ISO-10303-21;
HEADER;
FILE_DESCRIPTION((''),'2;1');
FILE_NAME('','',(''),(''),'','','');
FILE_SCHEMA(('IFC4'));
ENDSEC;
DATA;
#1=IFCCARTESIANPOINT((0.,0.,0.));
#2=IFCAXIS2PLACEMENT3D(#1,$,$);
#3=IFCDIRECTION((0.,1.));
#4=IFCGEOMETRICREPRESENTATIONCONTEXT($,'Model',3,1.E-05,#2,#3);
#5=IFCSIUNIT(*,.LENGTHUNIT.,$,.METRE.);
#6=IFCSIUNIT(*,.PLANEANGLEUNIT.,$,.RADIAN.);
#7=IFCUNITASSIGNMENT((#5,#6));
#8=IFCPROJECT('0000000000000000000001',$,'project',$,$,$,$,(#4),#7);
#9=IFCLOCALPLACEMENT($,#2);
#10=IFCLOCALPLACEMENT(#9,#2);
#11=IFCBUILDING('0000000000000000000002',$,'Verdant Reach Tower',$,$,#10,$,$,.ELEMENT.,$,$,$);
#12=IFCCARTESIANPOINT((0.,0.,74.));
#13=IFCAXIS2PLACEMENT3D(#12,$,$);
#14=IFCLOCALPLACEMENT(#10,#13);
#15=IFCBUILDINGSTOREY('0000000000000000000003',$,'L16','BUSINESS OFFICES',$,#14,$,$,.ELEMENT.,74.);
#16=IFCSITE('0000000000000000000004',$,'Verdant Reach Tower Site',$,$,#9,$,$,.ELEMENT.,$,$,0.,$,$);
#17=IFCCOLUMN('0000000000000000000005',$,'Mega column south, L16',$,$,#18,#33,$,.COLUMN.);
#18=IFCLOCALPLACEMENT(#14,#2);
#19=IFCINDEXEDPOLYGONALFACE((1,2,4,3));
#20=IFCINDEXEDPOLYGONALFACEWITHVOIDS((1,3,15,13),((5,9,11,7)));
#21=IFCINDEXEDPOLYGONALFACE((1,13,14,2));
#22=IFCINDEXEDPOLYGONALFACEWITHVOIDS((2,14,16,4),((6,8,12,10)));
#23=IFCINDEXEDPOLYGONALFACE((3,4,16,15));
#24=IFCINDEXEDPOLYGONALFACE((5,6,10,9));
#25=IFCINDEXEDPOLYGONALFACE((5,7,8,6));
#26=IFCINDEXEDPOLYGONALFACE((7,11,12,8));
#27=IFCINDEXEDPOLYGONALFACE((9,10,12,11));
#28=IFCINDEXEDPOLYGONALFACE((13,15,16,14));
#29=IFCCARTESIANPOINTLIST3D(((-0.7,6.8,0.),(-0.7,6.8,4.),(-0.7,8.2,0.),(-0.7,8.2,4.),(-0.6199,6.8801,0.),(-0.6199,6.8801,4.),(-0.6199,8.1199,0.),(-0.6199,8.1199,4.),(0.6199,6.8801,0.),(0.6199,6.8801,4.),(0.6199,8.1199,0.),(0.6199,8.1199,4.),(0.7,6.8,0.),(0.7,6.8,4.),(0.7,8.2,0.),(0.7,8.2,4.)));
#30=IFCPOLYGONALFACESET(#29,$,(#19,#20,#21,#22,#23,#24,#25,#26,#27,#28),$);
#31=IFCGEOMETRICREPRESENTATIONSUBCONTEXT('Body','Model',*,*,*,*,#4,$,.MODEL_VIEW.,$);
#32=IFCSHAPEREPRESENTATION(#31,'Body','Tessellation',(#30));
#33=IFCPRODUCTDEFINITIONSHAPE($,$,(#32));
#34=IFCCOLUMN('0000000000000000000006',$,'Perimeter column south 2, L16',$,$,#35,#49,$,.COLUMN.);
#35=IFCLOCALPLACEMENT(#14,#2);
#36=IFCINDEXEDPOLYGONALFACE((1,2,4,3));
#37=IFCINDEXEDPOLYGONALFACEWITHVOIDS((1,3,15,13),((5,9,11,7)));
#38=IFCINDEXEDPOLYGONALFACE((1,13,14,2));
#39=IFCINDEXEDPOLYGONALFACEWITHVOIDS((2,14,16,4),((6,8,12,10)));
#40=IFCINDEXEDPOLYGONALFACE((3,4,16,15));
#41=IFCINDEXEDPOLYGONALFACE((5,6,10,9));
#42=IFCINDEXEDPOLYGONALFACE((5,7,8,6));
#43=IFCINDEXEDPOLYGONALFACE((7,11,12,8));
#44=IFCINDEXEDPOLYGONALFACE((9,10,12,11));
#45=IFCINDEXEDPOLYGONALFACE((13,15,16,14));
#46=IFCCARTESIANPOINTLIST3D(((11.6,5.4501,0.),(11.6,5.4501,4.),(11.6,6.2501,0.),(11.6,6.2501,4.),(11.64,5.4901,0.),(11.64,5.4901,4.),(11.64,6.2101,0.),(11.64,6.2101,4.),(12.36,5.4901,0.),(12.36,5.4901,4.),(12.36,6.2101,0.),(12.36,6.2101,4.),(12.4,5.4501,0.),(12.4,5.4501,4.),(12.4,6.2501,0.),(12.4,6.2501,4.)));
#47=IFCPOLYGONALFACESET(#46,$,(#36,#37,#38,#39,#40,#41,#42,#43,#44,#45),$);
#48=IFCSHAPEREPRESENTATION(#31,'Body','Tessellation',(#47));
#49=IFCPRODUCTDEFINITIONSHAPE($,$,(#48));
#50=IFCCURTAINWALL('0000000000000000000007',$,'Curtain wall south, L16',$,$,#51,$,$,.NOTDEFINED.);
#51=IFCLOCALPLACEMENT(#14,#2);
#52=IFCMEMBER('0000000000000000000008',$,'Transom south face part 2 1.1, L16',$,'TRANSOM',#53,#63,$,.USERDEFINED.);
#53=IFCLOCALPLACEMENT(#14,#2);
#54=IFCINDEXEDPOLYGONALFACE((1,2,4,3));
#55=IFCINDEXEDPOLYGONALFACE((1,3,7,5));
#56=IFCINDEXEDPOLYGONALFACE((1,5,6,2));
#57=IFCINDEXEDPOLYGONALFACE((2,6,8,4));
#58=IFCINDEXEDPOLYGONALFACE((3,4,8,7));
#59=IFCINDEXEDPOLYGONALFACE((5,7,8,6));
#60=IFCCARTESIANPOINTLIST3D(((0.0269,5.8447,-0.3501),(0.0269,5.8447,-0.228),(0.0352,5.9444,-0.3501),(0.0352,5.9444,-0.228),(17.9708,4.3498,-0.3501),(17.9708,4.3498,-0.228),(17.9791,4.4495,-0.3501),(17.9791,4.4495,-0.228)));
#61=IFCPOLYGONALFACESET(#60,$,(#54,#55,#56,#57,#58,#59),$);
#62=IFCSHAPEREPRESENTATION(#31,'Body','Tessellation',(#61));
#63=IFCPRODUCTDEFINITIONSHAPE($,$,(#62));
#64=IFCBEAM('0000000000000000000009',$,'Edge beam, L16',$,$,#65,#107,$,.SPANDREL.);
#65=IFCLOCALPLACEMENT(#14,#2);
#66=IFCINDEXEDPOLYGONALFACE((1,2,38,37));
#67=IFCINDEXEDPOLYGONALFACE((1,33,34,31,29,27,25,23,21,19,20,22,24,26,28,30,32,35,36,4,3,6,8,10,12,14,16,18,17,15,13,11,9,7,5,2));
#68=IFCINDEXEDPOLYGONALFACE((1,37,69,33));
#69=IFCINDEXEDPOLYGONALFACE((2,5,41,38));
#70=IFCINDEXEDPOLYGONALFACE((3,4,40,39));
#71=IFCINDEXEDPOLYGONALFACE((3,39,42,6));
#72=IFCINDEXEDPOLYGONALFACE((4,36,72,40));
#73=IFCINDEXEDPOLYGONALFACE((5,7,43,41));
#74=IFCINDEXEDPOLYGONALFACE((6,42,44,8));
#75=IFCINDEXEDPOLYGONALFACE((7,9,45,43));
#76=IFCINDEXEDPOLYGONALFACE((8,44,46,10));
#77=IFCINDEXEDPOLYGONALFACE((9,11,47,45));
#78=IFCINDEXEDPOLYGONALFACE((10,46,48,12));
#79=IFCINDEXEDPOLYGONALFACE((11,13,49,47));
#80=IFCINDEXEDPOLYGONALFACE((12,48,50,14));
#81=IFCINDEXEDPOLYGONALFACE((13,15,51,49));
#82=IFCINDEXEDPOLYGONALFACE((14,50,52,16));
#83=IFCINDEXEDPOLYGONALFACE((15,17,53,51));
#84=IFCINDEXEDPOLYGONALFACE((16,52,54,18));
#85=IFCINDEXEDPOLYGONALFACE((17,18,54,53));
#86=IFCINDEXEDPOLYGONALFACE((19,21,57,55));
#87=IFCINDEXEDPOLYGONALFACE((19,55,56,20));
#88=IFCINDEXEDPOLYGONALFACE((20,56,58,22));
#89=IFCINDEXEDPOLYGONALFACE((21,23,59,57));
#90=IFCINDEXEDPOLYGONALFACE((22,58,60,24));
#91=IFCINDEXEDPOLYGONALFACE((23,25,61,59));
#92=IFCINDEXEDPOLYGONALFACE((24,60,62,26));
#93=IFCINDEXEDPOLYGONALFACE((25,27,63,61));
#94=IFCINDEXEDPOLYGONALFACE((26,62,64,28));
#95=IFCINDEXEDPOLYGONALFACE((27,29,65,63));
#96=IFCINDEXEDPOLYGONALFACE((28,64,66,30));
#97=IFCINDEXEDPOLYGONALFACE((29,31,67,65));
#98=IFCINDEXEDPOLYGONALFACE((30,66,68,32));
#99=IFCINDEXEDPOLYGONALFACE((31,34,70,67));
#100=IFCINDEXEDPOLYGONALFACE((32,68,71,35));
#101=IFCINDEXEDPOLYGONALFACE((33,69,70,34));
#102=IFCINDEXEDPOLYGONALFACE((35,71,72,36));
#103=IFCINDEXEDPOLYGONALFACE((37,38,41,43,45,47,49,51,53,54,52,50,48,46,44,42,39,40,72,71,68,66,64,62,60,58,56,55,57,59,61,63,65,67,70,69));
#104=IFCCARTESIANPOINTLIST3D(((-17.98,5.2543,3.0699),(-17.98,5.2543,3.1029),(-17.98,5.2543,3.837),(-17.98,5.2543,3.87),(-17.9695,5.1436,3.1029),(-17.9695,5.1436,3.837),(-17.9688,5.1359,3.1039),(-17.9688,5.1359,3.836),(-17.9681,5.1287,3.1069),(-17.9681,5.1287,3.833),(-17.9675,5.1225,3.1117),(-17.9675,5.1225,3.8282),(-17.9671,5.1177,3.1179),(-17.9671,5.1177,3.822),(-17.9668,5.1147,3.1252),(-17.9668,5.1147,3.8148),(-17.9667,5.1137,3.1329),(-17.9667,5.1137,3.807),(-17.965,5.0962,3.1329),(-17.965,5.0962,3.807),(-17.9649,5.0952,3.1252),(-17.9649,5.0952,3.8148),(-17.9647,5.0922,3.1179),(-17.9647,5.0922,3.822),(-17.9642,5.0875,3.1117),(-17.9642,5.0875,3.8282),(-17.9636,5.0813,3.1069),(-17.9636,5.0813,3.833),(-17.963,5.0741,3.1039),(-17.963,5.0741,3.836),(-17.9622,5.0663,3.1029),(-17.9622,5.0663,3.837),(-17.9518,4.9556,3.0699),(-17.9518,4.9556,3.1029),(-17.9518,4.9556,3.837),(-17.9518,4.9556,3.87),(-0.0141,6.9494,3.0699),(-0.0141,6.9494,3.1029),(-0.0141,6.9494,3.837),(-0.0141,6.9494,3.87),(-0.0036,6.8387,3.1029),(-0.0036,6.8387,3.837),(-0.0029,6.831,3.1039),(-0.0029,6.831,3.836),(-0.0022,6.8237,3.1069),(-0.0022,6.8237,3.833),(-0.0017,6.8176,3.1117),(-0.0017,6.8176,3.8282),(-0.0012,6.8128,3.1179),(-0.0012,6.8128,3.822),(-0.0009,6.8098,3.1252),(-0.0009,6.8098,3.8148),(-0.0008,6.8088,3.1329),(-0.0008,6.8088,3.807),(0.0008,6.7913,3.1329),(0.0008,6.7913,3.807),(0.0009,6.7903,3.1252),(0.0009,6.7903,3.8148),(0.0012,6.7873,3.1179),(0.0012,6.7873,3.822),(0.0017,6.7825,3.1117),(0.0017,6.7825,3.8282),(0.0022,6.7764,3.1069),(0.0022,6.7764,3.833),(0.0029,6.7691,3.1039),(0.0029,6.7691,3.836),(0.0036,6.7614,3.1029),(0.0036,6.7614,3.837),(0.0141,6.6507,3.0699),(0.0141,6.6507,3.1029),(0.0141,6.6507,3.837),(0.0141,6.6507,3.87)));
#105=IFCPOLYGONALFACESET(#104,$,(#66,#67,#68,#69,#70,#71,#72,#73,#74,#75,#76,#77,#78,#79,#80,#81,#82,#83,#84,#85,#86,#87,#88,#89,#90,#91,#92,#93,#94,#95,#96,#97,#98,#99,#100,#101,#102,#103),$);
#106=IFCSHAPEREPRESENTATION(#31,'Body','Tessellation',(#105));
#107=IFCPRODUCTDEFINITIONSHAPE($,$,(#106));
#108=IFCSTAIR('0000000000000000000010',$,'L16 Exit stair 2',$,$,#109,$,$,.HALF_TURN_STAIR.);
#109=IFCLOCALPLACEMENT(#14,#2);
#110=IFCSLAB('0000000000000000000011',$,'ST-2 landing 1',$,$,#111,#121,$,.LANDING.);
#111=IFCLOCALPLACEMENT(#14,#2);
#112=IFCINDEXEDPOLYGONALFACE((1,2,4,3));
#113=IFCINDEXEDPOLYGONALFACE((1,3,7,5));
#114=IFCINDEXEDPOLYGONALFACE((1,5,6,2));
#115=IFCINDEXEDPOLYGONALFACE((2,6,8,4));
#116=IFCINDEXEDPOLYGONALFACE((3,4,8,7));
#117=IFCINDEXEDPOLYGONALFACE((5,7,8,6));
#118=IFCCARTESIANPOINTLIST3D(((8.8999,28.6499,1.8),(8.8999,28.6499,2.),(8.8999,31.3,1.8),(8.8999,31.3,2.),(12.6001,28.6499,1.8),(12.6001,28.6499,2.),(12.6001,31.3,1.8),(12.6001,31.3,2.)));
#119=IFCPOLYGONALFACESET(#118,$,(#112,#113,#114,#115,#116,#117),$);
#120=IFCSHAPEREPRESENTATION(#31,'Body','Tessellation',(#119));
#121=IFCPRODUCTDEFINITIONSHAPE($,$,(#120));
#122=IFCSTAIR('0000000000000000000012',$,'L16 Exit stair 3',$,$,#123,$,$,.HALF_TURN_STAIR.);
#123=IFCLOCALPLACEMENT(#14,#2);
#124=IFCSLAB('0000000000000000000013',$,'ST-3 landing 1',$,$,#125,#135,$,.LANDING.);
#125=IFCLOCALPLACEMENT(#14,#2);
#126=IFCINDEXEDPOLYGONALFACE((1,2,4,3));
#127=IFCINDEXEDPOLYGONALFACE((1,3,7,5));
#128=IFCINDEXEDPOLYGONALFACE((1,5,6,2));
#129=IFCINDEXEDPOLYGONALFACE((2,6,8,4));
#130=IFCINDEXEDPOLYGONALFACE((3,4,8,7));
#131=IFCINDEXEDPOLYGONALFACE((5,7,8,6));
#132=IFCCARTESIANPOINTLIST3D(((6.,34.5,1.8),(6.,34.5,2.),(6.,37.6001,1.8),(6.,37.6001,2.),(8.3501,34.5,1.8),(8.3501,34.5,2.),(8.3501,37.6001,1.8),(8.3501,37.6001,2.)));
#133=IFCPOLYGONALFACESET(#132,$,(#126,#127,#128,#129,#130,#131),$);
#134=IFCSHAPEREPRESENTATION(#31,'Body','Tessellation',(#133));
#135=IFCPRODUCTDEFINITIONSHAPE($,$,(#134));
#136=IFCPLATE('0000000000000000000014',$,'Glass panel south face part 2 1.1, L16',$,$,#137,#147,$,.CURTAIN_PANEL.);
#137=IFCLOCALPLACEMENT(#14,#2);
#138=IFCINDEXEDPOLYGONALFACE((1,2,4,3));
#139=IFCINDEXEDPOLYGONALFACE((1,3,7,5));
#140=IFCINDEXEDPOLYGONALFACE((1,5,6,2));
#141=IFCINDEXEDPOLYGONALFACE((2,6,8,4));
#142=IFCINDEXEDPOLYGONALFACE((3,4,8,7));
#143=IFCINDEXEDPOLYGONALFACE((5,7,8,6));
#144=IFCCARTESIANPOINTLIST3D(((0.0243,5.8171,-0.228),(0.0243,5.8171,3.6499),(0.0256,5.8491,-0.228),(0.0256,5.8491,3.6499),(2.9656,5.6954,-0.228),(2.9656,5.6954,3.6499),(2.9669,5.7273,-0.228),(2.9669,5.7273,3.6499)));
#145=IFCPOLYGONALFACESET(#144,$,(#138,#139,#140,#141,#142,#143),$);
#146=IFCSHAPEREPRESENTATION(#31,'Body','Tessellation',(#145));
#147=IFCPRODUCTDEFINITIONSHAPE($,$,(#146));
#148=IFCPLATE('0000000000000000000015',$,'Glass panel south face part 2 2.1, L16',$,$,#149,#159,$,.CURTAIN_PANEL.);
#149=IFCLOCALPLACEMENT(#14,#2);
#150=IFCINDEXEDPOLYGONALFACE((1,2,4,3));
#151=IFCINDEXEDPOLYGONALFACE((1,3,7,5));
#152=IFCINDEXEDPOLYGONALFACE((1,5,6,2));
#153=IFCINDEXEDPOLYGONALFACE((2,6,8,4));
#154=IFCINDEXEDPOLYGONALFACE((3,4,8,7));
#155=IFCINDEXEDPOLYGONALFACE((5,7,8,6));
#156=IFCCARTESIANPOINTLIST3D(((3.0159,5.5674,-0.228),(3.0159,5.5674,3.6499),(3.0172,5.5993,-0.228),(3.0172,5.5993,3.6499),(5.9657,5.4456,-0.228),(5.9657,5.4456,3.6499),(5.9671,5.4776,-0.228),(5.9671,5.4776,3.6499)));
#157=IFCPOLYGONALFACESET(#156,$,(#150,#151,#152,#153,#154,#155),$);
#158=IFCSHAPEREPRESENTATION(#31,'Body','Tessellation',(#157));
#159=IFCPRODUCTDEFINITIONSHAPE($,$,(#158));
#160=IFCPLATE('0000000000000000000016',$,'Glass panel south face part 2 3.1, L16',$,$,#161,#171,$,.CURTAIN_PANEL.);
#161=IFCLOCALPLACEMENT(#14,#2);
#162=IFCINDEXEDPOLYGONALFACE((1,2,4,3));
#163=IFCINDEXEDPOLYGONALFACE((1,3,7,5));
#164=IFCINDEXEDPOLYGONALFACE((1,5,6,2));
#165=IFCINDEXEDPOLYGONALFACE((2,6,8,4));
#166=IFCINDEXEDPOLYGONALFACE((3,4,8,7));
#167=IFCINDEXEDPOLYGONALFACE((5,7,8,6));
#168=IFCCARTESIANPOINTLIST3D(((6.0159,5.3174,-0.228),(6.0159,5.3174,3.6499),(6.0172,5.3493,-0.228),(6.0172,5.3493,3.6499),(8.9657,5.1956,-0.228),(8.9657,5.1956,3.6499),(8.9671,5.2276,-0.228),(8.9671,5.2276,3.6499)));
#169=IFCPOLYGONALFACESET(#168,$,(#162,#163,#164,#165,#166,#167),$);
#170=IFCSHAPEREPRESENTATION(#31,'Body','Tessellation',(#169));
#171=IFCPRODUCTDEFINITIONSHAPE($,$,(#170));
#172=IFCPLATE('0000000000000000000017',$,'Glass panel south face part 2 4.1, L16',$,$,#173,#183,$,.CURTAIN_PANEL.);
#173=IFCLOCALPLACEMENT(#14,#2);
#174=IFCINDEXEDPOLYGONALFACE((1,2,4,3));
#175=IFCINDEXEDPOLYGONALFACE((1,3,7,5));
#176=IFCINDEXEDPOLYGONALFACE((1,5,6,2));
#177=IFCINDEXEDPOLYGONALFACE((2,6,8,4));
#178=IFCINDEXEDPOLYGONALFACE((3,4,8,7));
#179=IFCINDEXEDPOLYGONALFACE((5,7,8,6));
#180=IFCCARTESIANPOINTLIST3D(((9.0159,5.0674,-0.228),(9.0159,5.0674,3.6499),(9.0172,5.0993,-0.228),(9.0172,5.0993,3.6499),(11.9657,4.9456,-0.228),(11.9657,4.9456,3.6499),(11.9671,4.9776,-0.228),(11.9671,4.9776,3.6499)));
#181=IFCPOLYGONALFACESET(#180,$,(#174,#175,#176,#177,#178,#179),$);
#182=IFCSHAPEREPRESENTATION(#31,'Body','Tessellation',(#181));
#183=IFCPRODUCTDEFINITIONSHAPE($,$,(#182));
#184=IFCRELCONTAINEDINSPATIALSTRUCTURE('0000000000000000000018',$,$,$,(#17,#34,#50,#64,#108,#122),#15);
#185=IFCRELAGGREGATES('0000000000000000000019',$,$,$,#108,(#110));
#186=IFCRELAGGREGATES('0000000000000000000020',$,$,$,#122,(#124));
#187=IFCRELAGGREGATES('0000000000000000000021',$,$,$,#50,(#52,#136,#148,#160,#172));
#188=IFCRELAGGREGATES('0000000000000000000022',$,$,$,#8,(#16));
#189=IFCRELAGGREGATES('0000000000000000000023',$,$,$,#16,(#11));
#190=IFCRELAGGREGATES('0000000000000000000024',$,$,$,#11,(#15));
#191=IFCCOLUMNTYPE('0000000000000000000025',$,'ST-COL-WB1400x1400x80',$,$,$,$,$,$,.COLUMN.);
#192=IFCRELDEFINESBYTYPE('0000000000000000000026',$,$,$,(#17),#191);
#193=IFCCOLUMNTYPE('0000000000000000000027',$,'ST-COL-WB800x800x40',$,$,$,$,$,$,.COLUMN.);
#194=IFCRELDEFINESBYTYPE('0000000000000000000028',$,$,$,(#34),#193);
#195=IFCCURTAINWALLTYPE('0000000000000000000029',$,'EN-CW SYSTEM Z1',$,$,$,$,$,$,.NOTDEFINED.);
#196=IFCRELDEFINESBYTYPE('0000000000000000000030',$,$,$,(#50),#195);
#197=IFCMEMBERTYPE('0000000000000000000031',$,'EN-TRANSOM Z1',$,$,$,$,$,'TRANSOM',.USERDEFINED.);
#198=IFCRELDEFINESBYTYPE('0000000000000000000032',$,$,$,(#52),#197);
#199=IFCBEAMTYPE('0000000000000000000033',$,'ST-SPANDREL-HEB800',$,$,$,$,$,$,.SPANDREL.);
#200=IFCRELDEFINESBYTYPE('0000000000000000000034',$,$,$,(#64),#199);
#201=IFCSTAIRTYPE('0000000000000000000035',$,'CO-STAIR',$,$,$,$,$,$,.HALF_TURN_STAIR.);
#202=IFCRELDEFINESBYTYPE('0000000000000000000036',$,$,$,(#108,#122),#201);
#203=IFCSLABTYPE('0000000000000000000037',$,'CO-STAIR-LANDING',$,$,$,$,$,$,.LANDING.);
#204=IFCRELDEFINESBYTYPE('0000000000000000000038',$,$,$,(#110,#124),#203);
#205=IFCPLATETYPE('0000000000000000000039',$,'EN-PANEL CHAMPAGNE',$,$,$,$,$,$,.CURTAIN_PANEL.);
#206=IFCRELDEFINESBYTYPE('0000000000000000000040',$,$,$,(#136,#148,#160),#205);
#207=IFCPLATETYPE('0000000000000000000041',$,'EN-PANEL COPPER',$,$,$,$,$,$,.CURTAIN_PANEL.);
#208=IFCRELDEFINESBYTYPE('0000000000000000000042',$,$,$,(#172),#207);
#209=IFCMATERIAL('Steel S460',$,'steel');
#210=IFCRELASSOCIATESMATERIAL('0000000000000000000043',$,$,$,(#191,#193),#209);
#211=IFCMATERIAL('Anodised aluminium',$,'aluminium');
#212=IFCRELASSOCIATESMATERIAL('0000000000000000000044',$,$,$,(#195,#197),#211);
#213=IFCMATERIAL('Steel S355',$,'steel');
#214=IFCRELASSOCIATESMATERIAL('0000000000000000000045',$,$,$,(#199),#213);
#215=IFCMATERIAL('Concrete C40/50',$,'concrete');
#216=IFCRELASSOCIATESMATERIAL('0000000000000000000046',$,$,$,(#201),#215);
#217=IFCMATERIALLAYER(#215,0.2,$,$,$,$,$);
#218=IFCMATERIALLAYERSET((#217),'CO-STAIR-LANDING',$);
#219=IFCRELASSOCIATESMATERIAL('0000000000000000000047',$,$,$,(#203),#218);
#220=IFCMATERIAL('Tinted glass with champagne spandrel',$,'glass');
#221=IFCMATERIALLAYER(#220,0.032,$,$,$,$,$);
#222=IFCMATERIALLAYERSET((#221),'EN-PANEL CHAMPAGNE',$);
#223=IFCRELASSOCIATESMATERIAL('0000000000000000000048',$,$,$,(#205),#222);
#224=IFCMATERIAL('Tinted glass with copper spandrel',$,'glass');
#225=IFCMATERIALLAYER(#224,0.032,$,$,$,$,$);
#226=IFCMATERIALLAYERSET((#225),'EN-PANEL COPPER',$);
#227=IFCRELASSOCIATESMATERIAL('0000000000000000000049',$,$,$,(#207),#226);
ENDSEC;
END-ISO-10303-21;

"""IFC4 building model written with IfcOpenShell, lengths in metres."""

from ifc_helpers import new_model, si_unit, direction, frame, origin, origin_2d, place, context, subcontext, project, spatial, polyline, rectangle, hollow_rectangle, i_section, outline, extrude, material, layer, layer_set, material_profile, profile_set, type_object, element, aggregate, save


model = new_model("IFC4")

# Units and contexts
model_context = context("Model", 3, precision=1e-05, world=origin(), true_north=direction((0.0, 1.0)))
body_context = subcontext(model_context, "Body", "Model", "MODEL_VIEW")
ifc_project = project(units=[si_unit("LENGTHUNIT", "METRE"), si_unit("PLANEANGLEUNIT", "RADIAN")], contexts=[model_context])

# Site, building, storey
site_placement = place(None, origin())
site = spatial("IfcSite", under=ifc_project, at=site_placement, Name="Verdant Reach Tower Site", CompositionType="ELEMENT", RefElevation=0.0)
building_placement = place(site_placement, origin())
building = spatial("IfcBuilding", under=site, at=building_placement, Name="Verdant Reach Tower", CompositionType="ELEMENT")
storey_placement = place(building_placement, frame((0.0, 0.0, 74.0)))
storey = spatial("IfcBuildingStorey", under=building, at=storey_placement, Name="L16", Description="BUSINESS OFFICES", CompositionType="ELEMENT", Elevation=74.0)

# Columns
ifc_material_1 = material(Name="Steel S460", Category="steel")
ifc_material_profile_1 = material_profile(ifc_material_1, hollow_rectangle(XDim=1.3999, YDim=1.3999, WallThickness=0.0801, at=origin_2d()), Name="WB 1400x1400x80")
ifc_profile_set_1 = profile_set([ifc_material_profile_1], Name="Steel S460")
column_type_1 = type_object("IfcColumnType", Name="ST-COL-WB1400x1400x80", PredefinedType="COLUMN", material=ifc_profile_set_1)
column_1_placement = place(storey_placement, frame((0.0, 7.5, 0.0), z_axis=(0.0, 0.0, 1.0), x_axis=(1.0, 0.0, 0.0)))
element("IfcColumn", 1, at=column_1_placement, inside=storey, type_object=column_type_1, Name="Mega column south, L16", PredefinedType="COLUMN", context=body_context, shape_type="SweptSolid", body=[
    extrude(hollow_rectangle(XDim=1.3999, YDim=1.3999, WallThickness=0.0801, at=origin_2d()), origin(), (0.0, 0.0, 1.0), 4.0),
])
ifc_material_profile_2 = material_profile(ifc_material_1, hollow_rectangle(XDim=0.8, YDim=0.8, WallThickness=0.04, at=origin_2d()), Name="WB 800x800x40")
ifc_profile_set_2 = profile_set([ifc_material_profile_2], Name="Steel S460")
column_type_2 = type_object("IfcColumnType", Name="ST-COL-WB800x800x40", PredefinedType="COLUMN", material=ifc_profile_set_2)
column_2_placement = place(storey_placement, frame((12.0, 5.8501, 0.0), z_axis=(0.0, 0.0, 1.0), x_axis=(1.0, 0.0, 0.0)))
element("IfcColumn", 2, at=column_2_placement, inside=storey, type_object=column_type_2, Name="Perimeter column south 2, L16", PredefinedType="COLUMN", context=body_context, shape_type="SweptSolid", body=[
    extrude(hollow_rectangle(XDim=0.8, YDim=0.8, WallThickness=0.04, at=origin_2d()), origin(), (0.0, 0.0, 1.0), 4.0),
])

# Curtain wall, member
ifc_material_2 = material(Name="Anodised aluminium", Category="aluminium")
curtain_wall_type = type_object("IfcCurtainWallType", Name="EN-CW SYSTEM Z1", PredefinedType="NOTDEFINED", material=ifc_material_2)
curtain_wall_placement = place(storey_placement, origin())
curtain_wall = element("IfcCurtainWall", 3, at=curtain_wall_placement, inside=storey, type_object=curtain_wall_type, Name="Curtain wall south, L16", PredefinedType="NOTDEFINED")
ifc_material_profile_3 = material_profile(ifc_material_2, rectangle(XDim=0.1001, YDim=0.1221, at=origin_2d()), Name="Transom 122x100")
ifc_profile_set_3 = profile_set([ifc_material_profile_3], Name="Anodised aluminium")
member_type = type_object("IfcMemberType", Name="EN-TRANSOM Z1", ElementType="TRANSOM", PredefinedType="USERDEFINED", material=ifc_profile_set_3)
member_placement = place(storey_placement, frame((0.031, 5.8945, -0.2891), z_axis=(0.996548, -0.083021, 0.0), x_axis=(0.083021, 0.996548, 0.0)))
member = element("IfcMember", 4, at=member_placement, type_object=member_type, Name="Transom south face part 2 1.1, L16", ObjectType="TRANSOM", PredefinedType="USERDEFINED", context=body_context, shape_type="SweptSolid", body=[
    extrude(rectangle(XDim=0.1001, YDim=0.1221, at=origin_2d()), origin(), (0.0, 0.0, 1.0), 18.0061),
])

# Beam
ifc_material_3 = material(Name="Steel S355", Category="steel")
ifc_material_profile_4 = material_profile(ifc_material_3, i_section(OverallWidth=0.3, OverallDepth=0.8, WebThickness=0.0176, FlangeThickness=0.033, FilletRadius=0.03, at=origin_2d()), Name="HEB 800")
ifc_profile_set_4 = profile_set([ifc_material_profile_4], Name="Steel S355")
beam_type = type_object("IfcBeamType", Name="ST-SPANDREL-HEB800", PredefinedType="SPANDREL", material=ifc_profile_set_4)
beam_placement = place(storey_placement, frame((0.0, 6.8, 3.47), z_axis=(-0.995579, -0.093932, 0.0), x_axis=(0.093932, -0.995579, 0.0)))
element("IfcBeam", 5, at=beam_placement, inside=storey, type_object=beam_type, Name="Edge beam, L16", PredefinedType="SPANDREL", context=body_context, shape_type="SweptSolid", body=[
    extrude(i_section(OverallWidth=0.3, OverallDepth=0.8, WebThickness=0.0176, FlangeThickness=0.033, FilletRadius=0.03, at=origin_2d()), origin(), (0.0, 0.0, 1.0), 18.0457),
])

# Stairs, slabs
ifc_material_4 = material(Name="Concrete C40/50", Category="concrete")
stair_type = type_object("IfcStairType", Name="CO-STAIR", PredefinedType="HALF_TURN_STAIR", material=ifc_material_4)
stair_1_placement = place(storey_placement, origin())
stair_1 = element("IfcStair", 6, at=stair_1_placement, inside=storey, type_object=stair_type, Name="L16 Exit stair 2", PredefinedType="HALF_TURN_STAIR")
ifc_layer_1 = layer(ifc_material_4, 0.2)
ifc_layer_set_1 = layer_set([ifc_layer_1], Name="CO-STAIR-LANDING")
slab_type = type_object("IfcSlabType", Name="CO-STAIR-LANDING", PredefinedType="LANDING", material=ifc_layer_set_1)
slab_1_placement = place(storey_placement, frame((0.0, 0.0, 1.8)))
slab_1 = element("IfcSlab", 7, at=slab_1_placement, type_object=slab_type, Name="ST-2 landing 1", PredefinedType="LANDING", context=body_context, shape_type="SweptSolid", body=[
    extrude(outline(polyline([(12.6001, 28.6499), (12.6001, 31.3), (8.8999, 31.3), (8.8999, 28.6499), (12.6001, 28.6499)])), origin(), (0.0, 0.0, 1.0), 0.2),
])
aggregate(stair_1, [slab_1])
stair_2_placement = place(storey_placement, origin())
stair_2 = element("IfcStair", 8, at=stair_2_placement, inside=storey, type_object=stair_type, Name="L16 Exit stair 3", PredefinedType="HALF_TURN_STAIR")
slab_2_placement = place(storey_placement, frame((0.0, 0.0, 1.8)))
slab_2 = element("IfcSlab", 9, at=slab_2_placement, type_object=slab_type, Name="ST-3 landing 1", PredefinedType="LANDING", context=body_context, shape_type="SweptSolid", body=[
    extrude(outline(polyline([(8.3501, 37.6001), (6.0, 37.6001), (6.0, 34.5), (8.3501, 34.5), (8.3501, 37.6001)])), origin(), (0.0, 0.0, 1.0), 0.2),
])
aggregate(stair_2, [slab_2])

# Plates
ifc_material_5 = material(Name="Tinted glass with champagne spandrel", Category="glass")
ifc_layer_2 = layer(ifc_material_5, 0.032)
ifc_layer_set_2 = layer_set([ifc_layer_2], Name="EN-PANEL CHAMPAGNE")
plate_type_1 = type_object("IfcPlateType", Name="EN-PANEL CHAMPAGNE", PredefinedType="CURTAIN_PANEL", material=ifc_layer_set_2)
plate_1_placement = place(storey_placement, frame((1.4956, 5.7722, -0.228), z_axis=(0.0, 0.0, 1.0), x_axis=(0.999144, -0.04136, 0.0)))
plate_1 = element("IfcPlate", 10, at=plate_1_placement, type_object=plate_type_1, Name="Glass panel south face part 2 1.1, L16", PredefinedType="CURTAIN_PANEL", context=body_context, shape_type="SweptSolid", body=[
    extrude(rectangle(XDim=2.9438, YDim=0.032, at=origin_2d()), origin(), (0.0, 0.0, 1.0), 3.8779),
])
plate_2_placement = place(storey_placement, frame((4.4915, 5.5225, -0.228), z_axis=(0.0, 0.0, 1.0), x_axis=(0.999149, -0.041242, 0.0)))
plate_2 = element("IfcPlate", 11, at=plate_2_placement, type_object=plate_type_1, Name="Glass panel south face part 2 2.1, L16", PredefinedType="CURTAIN_PANEL", context=body_context, shape_type="SweptSolid", body=[
    extrude(rectangle(XDim=2.9524, YDim=0.032, at=origin_2d()), origin(), (0.0, 0.0, 1.0), 3.8779),
])
plate_3_placement = place(storey_placement, frame((7.4915, 5.2725, -0.228), z_axis=(0.0, 0.0, 1.0), x_axis=(0.999149, -0.041242, 0.0)))
plate_3 = element("IfcPlate", 12, at=plate_3_placement, type_object=plate_type_1, Name="Glass panel south face part 2 3.1, L16", PredefinedType="CURTAIN_PANEL", context=body_context, shape_type="SweptSolid", body=[
    extrude(rectangle(XDim=2.9524, YDim=0.032, at=origin_2d()), origin(), (0.0, 0.0, 1.0), 3.8779),
])
ifc_material_6 = material(Name="Tinted glass with copper spandrel", Category="glass")
ifc_layer_3 = layer(ifc_material_6, 0.032)
ifc_layer_set_3 = layer_set([ifc_layer_3], Name="EN-PANEL COPPER")
plate_type_2 = type_object("IfcPlateType", Name="EN-PANEL COPPER", PredefinedType="CURTAIN_PANEL", material=ifc_layer_set_3)
plate_4_placement = place(storey_placement, frame((10.4915, 5.0225, -0.228), z_axis=(0.0, 0.0, 1.0), x_axis=(0.999149, -0.041242, 0.0)))
plate_4 = element("IfcPlate", 13, at=plate_4_placement, type_object=plate_type_2, Name="Glass panel south face part 2 4.1, L16", PredefinedType="CURTAIN_PANEL", context=body_context, shape_type="SweptSolid", body=[
    extrude(rectangle(XDim=2.9524, YDim=0.032, at=origin_2d()), origin(), (0.0, 0.0, 1.0), 3.8779),
])
aggregate(curtain_wall, [member, plate_1, plate_2, plate_3, plate_4])

save(model, "model.ifc")
